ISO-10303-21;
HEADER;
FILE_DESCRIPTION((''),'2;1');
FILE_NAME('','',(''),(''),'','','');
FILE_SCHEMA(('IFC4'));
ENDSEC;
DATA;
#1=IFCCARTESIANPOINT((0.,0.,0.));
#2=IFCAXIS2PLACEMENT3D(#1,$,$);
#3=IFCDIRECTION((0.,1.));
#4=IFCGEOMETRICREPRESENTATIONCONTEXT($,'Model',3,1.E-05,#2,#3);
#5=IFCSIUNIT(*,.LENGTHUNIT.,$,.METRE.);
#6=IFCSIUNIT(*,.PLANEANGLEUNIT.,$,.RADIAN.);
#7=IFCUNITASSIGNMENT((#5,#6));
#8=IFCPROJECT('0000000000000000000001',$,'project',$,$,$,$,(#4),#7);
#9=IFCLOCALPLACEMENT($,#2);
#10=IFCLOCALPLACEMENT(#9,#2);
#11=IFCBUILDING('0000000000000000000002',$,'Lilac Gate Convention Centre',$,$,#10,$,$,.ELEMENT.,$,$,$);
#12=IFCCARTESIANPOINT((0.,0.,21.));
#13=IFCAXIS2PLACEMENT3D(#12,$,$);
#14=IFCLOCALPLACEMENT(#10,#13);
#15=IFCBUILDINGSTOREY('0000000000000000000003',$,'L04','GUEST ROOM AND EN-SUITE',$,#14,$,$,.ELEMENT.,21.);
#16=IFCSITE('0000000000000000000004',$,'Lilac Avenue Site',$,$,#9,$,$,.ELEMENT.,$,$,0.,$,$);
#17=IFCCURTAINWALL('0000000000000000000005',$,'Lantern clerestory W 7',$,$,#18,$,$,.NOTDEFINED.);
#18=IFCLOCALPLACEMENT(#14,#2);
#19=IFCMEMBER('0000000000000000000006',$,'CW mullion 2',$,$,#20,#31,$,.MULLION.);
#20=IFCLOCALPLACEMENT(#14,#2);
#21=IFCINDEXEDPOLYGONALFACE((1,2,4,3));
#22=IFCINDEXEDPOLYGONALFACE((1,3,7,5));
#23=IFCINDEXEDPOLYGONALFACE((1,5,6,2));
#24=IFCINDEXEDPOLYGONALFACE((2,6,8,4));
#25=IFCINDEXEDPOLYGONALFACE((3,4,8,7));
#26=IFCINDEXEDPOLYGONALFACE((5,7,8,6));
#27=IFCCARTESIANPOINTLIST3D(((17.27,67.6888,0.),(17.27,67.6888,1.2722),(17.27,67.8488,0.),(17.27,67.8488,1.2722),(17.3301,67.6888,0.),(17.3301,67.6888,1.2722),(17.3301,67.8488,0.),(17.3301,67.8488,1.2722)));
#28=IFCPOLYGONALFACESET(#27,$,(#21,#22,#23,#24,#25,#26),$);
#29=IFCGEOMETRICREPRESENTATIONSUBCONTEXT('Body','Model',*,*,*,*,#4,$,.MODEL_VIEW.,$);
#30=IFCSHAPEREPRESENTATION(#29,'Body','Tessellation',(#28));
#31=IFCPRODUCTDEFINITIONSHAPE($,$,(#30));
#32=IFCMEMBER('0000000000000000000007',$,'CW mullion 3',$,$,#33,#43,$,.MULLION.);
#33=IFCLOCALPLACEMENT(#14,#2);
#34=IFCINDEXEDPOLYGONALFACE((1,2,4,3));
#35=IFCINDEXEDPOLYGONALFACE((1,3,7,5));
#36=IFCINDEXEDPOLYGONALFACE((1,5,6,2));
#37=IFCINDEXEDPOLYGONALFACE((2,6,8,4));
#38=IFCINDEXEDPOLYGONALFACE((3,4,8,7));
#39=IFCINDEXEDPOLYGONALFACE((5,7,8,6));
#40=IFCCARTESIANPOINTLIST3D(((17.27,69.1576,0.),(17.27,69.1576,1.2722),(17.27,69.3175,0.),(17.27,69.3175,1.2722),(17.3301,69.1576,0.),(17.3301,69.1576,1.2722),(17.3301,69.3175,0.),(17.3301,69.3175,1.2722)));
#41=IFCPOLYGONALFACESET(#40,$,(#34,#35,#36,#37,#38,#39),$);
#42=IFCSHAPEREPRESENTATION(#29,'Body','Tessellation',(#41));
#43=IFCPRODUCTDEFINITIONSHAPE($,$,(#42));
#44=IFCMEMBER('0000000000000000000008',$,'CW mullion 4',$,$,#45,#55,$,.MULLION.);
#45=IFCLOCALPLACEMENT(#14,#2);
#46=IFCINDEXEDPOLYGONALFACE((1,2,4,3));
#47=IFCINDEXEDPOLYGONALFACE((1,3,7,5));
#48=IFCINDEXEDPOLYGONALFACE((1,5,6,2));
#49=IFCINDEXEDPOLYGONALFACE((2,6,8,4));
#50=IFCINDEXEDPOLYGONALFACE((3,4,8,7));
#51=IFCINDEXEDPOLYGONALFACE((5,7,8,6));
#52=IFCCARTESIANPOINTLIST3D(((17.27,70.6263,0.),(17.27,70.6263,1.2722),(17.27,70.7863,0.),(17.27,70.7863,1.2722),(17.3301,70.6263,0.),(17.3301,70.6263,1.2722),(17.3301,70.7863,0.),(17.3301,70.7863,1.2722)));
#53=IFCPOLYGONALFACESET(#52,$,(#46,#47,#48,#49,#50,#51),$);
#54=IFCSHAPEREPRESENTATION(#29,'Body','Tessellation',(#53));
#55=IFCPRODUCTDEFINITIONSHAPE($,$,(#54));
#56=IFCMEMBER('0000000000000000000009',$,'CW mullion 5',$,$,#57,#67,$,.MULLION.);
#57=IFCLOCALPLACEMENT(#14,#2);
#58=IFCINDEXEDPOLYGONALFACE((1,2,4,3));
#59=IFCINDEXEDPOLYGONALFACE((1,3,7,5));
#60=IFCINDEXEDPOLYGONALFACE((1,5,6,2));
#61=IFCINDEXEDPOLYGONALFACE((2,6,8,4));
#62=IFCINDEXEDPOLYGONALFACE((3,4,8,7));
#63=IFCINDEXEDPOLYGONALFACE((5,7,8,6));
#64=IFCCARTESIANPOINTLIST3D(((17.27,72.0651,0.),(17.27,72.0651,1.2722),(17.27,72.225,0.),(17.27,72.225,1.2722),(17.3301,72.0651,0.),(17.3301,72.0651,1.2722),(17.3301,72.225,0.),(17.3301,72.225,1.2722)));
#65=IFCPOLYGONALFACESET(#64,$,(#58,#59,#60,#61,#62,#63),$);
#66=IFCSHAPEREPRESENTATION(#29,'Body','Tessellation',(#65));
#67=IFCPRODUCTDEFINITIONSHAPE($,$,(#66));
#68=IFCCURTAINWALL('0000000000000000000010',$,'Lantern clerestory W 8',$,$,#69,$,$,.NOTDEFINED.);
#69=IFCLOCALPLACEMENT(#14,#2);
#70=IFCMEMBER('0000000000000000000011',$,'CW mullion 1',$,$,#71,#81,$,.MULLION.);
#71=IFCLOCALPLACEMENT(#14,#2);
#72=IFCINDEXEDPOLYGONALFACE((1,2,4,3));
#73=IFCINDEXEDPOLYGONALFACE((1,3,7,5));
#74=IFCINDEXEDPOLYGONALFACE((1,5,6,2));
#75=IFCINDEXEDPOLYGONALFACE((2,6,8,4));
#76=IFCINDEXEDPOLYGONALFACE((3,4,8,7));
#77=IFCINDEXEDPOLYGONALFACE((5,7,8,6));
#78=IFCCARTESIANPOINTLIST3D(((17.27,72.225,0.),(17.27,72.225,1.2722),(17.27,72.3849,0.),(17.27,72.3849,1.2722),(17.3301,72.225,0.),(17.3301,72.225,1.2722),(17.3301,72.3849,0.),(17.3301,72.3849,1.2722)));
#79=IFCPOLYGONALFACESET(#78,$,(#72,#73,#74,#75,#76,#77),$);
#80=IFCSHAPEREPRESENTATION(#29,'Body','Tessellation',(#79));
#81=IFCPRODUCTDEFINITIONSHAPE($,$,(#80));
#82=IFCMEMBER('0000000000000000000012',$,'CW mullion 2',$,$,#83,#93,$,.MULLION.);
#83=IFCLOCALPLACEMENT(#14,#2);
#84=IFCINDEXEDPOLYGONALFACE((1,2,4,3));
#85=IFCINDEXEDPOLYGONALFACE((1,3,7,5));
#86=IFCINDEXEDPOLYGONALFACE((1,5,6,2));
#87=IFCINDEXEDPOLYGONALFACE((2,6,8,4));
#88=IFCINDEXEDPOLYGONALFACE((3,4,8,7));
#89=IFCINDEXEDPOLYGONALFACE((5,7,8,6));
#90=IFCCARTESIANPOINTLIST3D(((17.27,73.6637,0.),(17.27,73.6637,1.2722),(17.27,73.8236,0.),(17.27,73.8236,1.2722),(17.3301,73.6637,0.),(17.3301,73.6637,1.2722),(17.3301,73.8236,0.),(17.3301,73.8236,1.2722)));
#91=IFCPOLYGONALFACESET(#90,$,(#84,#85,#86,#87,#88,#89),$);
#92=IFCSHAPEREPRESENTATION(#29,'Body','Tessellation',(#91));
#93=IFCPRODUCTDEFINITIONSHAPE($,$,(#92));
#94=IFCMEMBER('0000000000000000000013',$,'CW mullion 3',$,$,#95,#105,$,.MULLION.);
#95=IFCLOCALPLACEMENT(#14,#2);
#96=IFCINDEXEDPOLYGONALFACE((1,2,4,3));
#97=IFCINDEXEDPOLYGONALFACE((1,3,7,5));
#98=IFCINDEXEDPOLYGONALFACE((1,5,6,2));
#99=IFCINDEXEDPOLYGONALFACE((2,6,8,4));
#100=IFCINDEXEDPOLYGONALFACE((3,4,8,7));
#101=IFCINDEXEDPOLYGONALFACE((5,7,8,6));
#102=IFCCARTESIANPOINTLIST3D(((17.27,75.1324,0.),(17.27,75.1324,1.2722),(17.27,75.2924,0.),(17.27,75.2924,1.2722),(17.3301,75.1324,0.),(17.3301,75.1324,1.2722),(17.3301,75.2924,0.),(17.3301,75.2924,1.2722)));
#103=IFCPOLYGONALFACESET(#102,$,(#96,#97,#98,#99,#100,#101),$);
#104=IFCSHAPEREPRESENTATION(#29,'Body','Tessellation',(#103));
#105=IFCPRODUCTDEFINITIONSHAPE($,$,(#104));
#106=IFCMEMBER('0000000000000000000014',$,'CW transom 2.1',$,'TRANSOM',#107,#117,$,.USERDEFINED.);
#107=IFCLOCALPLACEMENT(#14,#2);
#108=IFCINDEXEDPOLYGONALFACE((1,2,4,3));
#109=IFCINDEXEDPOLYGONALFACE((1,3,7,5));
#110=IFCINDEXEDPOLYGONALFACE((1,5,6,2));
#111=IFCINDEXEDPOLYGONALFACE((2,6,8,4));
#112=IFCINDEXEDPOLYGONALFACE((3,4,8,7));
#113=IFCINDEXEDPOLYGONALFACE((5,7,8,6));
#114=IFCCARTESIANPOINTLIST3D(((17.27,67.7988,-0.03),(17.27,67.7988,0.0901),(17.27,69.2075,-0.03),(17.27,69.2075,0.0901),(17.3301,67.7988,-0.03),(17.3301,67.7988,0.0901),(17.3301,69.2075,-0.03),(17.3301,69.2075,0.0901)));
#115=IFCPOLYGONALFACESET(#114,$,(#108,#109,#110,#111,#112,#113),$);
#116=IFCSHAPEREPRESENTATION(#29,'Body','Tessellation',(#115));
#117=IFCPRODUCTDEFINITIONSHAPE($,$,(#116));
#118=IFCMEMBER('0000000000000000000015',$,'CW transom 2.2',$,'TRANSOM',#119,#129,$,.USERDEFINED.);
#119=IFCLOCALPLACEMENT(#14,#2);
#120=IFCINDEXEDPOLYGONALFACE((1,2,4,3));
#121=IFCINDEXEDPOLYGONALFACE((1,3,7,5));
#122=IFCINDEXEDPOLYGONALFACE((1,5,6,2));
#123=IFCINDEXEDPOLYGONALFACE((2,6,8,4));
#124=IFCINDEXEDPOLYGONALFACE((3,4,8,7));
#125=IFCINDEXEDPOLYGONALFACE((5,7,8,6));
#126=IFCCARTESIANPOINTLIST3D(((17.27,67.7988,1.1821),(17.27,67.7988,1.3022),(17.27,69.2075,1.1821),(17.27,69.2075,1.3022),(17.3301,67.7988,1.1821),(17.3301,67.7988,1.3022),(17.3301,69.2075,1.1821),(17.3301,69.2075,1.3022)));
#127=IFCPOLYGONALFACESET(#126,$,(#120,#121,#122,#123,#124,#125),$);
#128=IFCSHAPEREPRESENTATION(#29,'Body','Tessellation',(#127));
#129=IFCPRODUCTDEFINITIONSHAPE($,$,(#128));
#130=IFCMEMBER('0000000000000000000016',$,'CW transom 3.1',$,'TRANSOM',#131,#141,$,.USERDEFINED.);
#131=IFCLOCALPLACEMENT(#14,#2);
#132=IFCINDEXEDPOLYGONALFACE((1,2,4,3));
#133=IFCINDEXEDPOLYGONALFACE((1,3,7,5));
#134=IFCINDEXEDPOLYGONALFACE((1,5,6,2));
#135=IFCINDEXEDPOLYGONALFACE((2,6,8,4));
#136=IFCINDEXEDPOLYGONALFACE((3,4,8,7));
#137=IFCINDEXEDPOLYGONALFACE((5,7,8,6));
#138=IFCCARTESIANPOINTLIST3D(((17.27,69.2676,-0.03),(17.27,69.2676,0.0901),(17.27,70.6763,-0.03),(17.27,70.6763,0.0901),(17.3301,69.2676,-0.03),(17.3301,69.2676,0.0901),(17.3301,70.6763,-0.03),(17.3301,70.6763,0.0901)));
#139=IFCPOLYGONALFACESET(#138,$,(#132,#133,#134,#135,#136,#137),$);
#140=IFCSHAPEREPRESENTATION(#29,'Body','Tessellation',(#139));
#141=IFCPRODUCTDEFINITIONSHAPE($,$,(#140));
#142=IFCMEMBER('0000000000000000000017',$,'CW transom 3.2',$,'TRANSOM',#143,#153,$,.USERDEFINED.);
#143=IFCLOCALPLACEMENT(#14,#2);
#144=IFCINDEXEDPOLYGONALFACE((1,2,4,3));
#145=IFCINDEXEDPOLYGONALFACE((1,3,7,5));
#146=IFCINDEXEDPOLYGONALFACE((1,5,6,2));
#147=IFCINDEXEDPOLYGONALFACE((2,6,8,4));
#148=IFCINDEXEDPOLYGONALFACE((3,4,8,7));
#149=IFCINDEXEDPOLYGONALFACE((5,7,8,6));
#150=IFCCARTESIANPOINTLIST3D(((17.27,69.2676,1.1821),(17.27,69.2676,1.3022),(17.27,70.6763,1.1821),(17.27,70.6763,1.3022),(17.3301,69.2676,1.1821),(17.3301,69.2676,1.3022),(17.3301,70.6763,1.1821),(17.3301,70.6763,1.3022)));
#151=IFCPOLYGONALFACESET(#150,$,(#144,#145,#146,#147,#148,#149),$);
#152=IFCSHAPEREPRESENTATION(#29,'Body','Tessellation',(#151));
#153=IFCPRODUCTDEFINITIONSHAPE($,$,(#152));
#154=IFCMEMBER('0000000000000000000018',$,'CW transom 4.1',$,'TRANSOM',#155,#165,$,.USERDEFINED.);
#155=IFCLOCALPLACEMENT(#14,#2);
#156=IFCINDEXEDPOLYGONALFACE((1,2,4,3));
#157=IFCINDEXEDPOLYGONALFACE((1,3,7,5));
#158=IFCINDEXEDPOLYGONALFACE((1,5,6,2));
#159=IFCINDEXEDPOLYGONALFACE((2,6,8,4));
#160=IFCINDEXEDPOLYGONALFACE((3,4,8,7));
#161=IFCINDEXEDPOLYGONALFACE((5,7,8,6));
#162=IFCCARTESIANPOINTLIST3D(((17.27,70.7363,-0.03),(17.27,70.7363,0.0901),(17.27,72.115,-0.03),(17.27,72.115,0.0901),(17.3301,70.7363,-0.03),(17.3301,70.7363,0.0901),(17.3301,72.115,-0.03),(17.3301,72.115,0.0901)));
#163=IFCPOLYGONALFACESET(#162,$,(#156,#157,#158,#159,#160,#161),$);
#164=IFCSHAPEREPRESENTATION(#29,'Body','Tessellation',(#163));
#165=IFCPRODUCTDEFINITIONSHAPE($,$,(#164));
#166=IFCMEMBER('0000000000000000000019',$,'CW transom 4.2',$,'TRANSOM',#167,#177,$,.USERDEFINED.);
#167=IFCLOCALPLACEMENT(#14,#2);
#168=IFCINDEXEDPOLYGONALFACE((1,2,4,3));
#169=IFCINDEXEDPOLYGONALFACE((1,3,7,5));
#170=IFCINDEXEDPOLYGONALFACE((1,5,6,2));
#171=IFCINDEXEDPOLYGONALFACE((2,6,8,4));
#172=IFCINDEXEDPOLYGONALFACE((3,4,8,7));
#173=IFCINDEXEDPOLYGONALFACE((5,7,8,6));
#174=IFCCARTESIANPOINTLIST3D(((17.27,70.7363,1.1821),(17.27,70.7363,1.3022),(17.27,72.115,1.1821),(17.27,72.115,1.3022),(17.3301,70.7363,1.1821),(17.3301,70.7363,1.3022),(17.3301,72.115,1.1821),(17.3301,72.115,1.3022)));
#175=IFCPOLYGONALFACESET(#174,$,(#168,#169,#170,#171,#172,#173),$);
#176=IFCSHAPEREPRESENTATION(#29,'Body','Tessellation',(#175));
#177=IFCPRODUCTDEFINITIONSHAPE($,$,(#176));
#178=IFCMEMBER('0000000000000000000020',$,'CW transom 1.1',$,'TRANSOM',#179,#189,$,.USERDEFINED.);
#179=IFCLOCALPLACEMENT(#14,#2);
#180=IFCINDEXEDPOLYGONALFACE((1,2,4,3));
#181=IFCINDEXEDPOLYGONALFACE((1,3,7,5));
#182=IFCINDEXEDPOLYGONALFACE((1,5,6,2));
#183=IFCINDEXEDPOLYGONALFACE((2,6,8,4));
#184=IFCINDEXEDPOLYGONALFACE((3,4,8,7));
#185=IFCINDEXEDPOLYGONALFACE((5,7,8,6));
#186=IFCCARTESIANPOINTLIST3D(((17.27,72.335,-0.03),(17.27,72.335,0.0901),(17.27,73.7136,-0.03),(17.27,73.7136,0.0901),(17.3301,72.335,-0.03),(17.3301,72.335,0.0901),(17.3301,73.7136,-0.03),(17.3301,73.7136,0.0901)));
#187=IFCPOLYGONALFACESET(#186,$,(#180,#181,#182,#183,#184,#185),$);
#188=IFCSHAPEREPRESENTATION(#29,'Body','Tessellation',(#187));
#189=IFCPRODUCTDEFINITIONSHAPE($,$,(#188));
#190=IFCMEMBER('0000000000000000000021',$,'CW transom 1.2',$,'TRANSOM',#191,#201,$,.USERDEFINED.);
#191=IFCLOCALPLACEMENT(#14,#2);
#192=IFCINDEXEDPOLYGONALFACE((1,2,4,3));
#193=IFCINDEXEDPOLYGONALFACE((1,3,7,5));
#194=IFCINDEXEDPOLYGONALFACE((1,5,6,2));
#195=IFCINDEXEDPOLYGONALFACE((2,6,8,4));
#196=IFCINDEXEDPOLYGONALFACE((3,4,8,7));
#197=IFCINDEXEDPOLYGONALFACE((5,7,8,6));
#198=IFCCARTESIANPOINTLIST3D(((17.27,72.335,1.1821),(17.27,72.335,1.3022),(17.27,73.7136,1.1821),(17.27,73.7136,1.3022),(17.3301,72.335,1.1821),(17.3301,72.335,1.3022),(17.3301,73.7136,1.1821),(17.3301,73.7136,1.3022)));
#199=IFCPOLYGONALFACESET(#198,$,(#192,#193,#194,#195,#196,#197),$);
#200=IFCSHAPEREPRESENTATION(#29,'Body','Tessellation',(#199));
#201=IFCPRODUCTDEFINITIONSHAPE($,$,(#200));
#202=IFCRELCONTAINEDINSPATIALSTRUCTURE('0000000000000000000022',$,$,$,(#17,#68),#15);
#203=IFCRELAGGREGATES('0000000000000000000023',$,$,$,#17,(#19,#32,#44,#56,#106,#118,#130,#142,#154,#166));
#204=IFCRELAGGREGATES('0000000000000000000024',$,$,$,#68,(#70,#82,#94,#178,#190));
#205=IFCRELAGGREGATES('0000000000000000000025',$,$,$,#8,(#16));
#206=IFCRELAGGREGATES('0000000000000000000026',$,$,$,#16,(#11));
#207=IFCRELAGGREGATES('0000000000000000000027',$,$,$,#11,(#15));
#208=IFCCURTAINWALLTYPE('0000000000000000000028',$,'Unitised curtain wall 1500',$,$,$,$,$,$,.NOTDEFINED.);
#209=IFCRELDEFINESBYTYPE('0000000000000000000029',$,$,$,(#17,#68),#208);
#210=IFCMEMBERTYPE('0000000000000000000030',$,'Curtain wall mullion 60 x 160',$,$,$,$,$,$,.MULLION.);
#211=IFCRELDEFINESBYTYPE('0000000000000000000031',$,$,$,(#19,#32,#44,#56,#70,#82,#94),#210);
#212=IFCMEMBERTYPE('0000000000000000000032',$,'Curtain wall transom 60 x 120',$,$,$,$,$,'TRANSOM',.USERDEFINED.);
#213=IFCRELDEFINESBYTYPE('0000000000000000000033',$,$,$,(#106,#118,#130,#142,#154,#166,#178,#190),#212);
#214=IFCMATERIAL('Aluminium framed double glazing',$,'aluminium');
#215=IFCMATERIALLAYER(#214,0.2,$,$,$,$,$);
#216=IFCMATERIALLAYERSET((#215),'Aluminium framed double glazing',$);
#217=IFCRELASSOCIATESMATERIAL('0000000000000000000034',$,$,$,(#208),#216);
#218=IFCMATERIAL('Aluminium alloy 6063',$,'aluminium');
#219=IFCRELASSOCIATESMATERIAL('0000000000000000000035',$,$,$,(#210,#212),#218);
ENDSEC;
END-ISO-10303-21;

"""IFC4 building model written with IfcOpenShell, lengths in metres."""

from ifc_helpers import new_model, si_unit, direction, frame, origin, origin_2d, place, context, subcontext, project, spatial, rectangle, extrude, material, layer, layer_set, material_profile, profile_set, type_object, element, aggregate, save


model = new_model("IFC4")

# Units and contexts
model_context = context("Model", 3, precision=1e-05, world=origin(), true_north=direction((0.0, 1.0)))
body_context = subcontext(model_context, "Body", "Model", "MODEL_VIEW")
ifc_project = project(units=[si_unit("LENGTHUNIT", "METRE"), si_unit("PLANEANGLEUNIT", "RADIAN")], contexts=[model_context])

# Site, building, storey
site_placement = place(None, origin())
site = spatial("IfcSite", under=ifc_project, at=site_placement, Name="Lilac Avenue Site", CompositionType="ELEMENT", RefElevation=0.0)
building_placement = place(site_placement, origin())
building = spatial("IfcBuilding", under=site, at=building_placement, Name="Lilac Gate Convention Centre", CompositionType="ELEMENT")
storey_placement = place(building_placement, frame((0.0, 0.0, 21.0)))
storey = spatial("IfcBuildingStorey", under=building, at=storey_placement, Name="L04", Description="GUEST ROOM AND EN-SUITE", CompositionType="ELEMENT", Elevation=21.0)

# Curtain walls, members
ifc_material_1 = material(Name="Aluminium framed double glazing", Category="aluminium")
ifc_layer_1 = layer(ifc_material_1, 0.2)
ifc_layer_set_1 = layer_set([ifc_layer_1], Name="Aluminium framed double glazing")
curtain_wall_type = type_object("IfcCurtainWallType", Name="Unitised curtain wall 1500", PredefinedType="NOTDEFINED", material=ifc_layer_set_1)
curtain_wall_1_placement = place(storey_placement, origin())
curtain_wall_1 = element("IfcCurtainWall", 1, at=curtain_wall_1_placement, inside=storey, type_object=curtain_wall_type, Name="Lantern clerestory W 7", PredefinedType="NOTDEFINED")
ifc_material_2 = material(Name="Aluminium alloy 6063", Category="aluminium")
ifc_material_profile_1 = material_profile(ifc_material_2, rectangle(XDim=0.0601, YDim=0.1599, at=origin_2d()), Name="Curtain wall mullion 60 x 160")
ifc_profile_set_1 = profile_set([ifc_material_profile_1], Name="Aluminium alloy 6063")
member_type_1 = type_object("IfcMemberType", Name="Curtain wall mullion 60 x 160", PredefinedType="MULLION", material=ifc_profile_set_1)
member_1_placement = place(storey_placement, frame((17.3, 67.7688, 0.0), z_axis=(0.0, 0.0, 1.0), x_axis=(-1.0, 0.0, 0.0)))
member_1 = element("IfcMember", 2, at=member_1_placement, type_object=member_type_1, Name="CW mullion 2", PredefinedType="MULLION", context=body_context, shape_type="SweptSolid", body=[
    extrude(rectangle(XDim=0.0601, YDim=0.1599, at=origin_2d()), origin(), (0.0, 0.0, 1.0), 1.2722),
])
member_2_placement = place(storey_placement, frame((17.3, 69.2375, 0.0), z_axis=(0.0, 0.0, 1.0), x_axis=(-1.0, 0.0, 0.0)))
member_2 = element("IfcMember", 3, at=member_2_placement, type_object=member_type_1, Name="CW mullion 3", PredefinedType="MULLION", context=body_context, shape_type="SweptSolid", body=[
    extrude(rectangle(XDim=0.0601, YDim=0.1599, at=origin_2d()), origin(), (0.0, 0.0, 1.0), 1.2722),
])
member_3_placement = place(storey_placement, frame((17.3, 70.7063, 0.0), z_axis=(0.0, 0.0, 1.0), x_axis=(-1.0, 0.0, 0.0)))
member_3 = element("IfcMember", 4, at=member_3_placement, type_object=member_type_1, Name="CW mullion 4", PredefinedType="MULLION", context=body_context, shape_type="SweptSolid", body=[
    extrude(rectangle(XDim=0.0601, YDim=0.1599, at=origin_2d()), origin(), (0.0, 0.0, 1.0), 1.2722),
])
member_4_placement = place(storey_placement, frame((17.3, 72.145, 0.0), z_axis=(0.0, 0.0, 1.0), x_axis=(-1.0, 0.0, 0.0)))
member_4 = element("IfcMember", 5, at=member_4_placement, type_object=member_type_1, Name="CW mullion 5", PredefinedType="MULLION", context=body_context, shape_type="SweptSolid", body=[
    extrude(rectangle(XDim=0.0601, YDim=0.1599, at=origin_2d()), origin(), (0.0, 0.0, 1.0), 1.2722),
])
curtain_wall_2_placement = place(storey_placement, origin())
curtain_wall_2 = element("IfcCurtainWall", 6, at=curtain_wall_2_placement, inside=storey, type_object=curtain_wall_type, Name="Lantern clerestory W 8", PredefinedType="NOTDEFINED")
member_5_placement = place(storey_placement, frame((17.3, 72.3049, 0.0), z_axis=(0.0, 0.0, 1.0), x_axis=(-1.0, 0.0, 0.0)))
member_5 = element("IfcMember", 7, at=member_5_placement, type_object=member_type_1, Name="CW mullion 1", PredefinedType="MULLION", context=body_context, shape_type="SweptSolid", body=[
    extrude(rectangle(XDim=0.0601, YDim=0.1599, at=origin_2d()), origin(), (0.0, 0.0, 1.0), 1.2722),
])
member_6_placement = place(storey_placement, frame((17.3, 73.7437, 0.0), z_axis=(0.0, 0.0, 1.0), x_axis=(-1.0, 0.0, 0.0)))
member_6 = element("IfcMember", 8, at=member_6_placement, type_object=member_type_1, Name="CW mullion 2", PredefinedType="MULLION", context=body_context, shape_type="SweptSolid", body=[
    extrude(rectangle(XDim=0.0601, YDim=0.1599, at=origin_2d()), origin(), (0.0, 0.0, 1.0), 1.2722),
])
member_7_placement = place(storey_placement, frame((17.3, 75.2124, 0.0), z_axis=(0.0, 0.0, 1.0), x_axis=(-1.0, 0.0, 0.0)))
member_7 = element("IfcMember", 9, at=member_7_placement, type_object=member_type_1, Name="CW mullion 3", PredefinedType="MULLION", context=body_context, shape_type="SweptSolid", body=[
    extrude(rectangle(XDim=0.0601, YDim=0.1599, at=origin_2d()), origin(), (0.0, 0.0, 1.0), 1.2722),
])

# Members
ifc_material_profile_2 = material_profile(ifc_material_2, rectangle(XDim=0.0601, YDim=0.1201, at=origin_2d()), Name="Curtain wall transom 60 x 120")
ifc_profile_set_2 = profile_set([ifc_material_profile_2], Name="Aluminium alloy 6063")
member_type_2 = type_object("IfcMemberType", Name="Curtain wall transom 60 x 120", ElementType="TRANSOM", PredefinedType="USERDEFINED", material=ifc_profile_set_2)
member_8_placement = place(storey_placement, frame((17.3, 67.7988, 0.03), z_axis=(0.0, 1.0, 0.0), x_axis=(-1.0, 0.0, 0.0)))
member_8 = element("IfcMember", 10, at=member_8_placement, type_object=member_type_2, Name="CW transom 2.1", ObjectType="TRANSOM", PredefinedType="USERDEFINED", context=body_context, shape_type="SweptSolid", body=[
    extrude(rectangle(XDim=0.0601, YDim=0.1201, at=origin_2d()), origin(), (0.0, 0.0, 1.0), 1.4087),
])
member_9_placement = place(storey_placement, frame((17.3, 67.7988, 1.2422), z_axis=(0.0, 1.0, 0.0), x_axis=(-1.0, 0.0, 0.0)))
member_9 = element("IfcMember", 11, at=member_9_placement, type_object=member_type_2, Name="CW transom 2.2", ObjectType="TRANSOM", PredefinedType="USERDEFINED", context=body_context, shape_type="SweptSolid", body=[
    extrude(rectangle(XDim=0.0601, YDim=0.1201, at=origin_2d()), origin(), (0.0, 0.0, 1.0), 1.4087),
])
member_10_placement = place(storey_placement, frame((17.3, 69.2676, 0.03), z_axis=(0.0, 1.0, 0.0), x_axis=(-1.0, 0.0, 0.0)))
member_10 = element("IfcMember", 12, at=member_10_placement, type_object=member_type_2, Name="CW transom 3.1", ObjectType="TRANSOM", PredefinedType="USERDEFINED", context=body_context, shape_type="SweptSolid", body=[
    extrude(rectangle(XDim=0.0601, YDim=0.1201, at=origin_2d()), origin(), (0.0, 0.0, 1.0), 1.4087),
])
member_11_placement = place(storey_placement, frame((17.3, 69.2676, 1.2422), z_axis=(0.0, 1.0, 0.0), x_axis=(-1.0, 0.0, 0.0)))
member_11 = element("IfcMember", 13, at=member_11_placement, type_object=member_type_2, Name="CW transom 3.2", ObjectType="TRANSOM", PredefinedType="USERDEFINED", context=body_context, shape_type="SweptSolid", body=[
    extrude(rectangle(XDim=0.0601, YDim=0.1201, at=origin_2d()), origin(), (0.0, 0.0, 1.0), 1.4087),
])
member_12_placement = place(storey_placement, frame((17.3, 70.7363, 0.03), z_axis=(0.0, 1.0, 0.0), x_axis=(-1.0, 0.0, 0.0)))
member_12 = element("IfcMember", 14, at=member_12_placement, type_object=member_type_2, Name="CW transom 4.1", ObjectType="TRANSOM", PredefinedType="USERDEFINED", context=body_context, shape_type="SweptSolid", body=[
    extrude(rectangle(XDim=0.0601, YDim=0.1201, at=origin_2d()), origin(), (0.0, 0.0, 1.0), 1.3787),
])
member_13_placement = place(storey_placement, frame((17.3, 70.7363, 1.2422), z_axis=(0.0, 1.0, 0.0), x_axis=(-1.0, 0.0, 0.0)))
member_13 = element("IfcMember", 15, at=member_13_placement, type_object=member_type_2, Name="CW transom 4.2", ObjectType="TRANSOM", PredefinedType="USERDEFINED", context=body_context, shape_type="SweptSolid", body=[
    extrude(rectangle(XDim=0.0601, YDim=0.1201, at=origin_2d()), origin(), (0.0, 0.0, 1.0), 1.3787),
])
member_14_placement = place(storey_placement, frame((17.3, 72.335, 0.03), z_axis=(0.0, 1.0, 0.0), x_axis=(-1.0, 0.0, 0.0)))
member_14 = element("IfcMember", 16, at=member_14_placement, type_object=member_type_2, Name="CW transom 1.1", ObjectType="TRANSOM", PredefinedType="USERDEFINED", context=body_context, shape_type="SweptSolid", body=[
    extrude(rectangle(XDim=0.0601, YDim=0.1201, at=origin_2d()), origin(), (0.0, 0.0, 1.0), 1.3787),
])
member_15_placement = place(storey_placement, frame((17.3, 72.335, 1.2422), z_axis=(0.0, 1.0, 0.0), x_axis=(-1.0, 0.0, 0.0)))
member_15 = element("IfcMember", 17, at=member_15_placement, type_object=member_type_2, Name="CW transom 1.2", ObjectType="TRANSOM", PredefinedType="USERDEFINED", context=body_context, shape_type="SweptSolid", body=[
    extrude(rectangle(XDim=0.0601, YDim=0.1201, at=origin_2d()), origin(), (0.0, 0.0, 1.0), 1.3787),
])

aggregate(curtain_wall_1, [member_1, member_2, member_3, member_4, member_8, member_9, member_10, member_11, member_12, member_13])
aggregate(curtain_wall_2, [member_5, member_6, member_7, member_14, member_15])

save(model, "model.ifc")
